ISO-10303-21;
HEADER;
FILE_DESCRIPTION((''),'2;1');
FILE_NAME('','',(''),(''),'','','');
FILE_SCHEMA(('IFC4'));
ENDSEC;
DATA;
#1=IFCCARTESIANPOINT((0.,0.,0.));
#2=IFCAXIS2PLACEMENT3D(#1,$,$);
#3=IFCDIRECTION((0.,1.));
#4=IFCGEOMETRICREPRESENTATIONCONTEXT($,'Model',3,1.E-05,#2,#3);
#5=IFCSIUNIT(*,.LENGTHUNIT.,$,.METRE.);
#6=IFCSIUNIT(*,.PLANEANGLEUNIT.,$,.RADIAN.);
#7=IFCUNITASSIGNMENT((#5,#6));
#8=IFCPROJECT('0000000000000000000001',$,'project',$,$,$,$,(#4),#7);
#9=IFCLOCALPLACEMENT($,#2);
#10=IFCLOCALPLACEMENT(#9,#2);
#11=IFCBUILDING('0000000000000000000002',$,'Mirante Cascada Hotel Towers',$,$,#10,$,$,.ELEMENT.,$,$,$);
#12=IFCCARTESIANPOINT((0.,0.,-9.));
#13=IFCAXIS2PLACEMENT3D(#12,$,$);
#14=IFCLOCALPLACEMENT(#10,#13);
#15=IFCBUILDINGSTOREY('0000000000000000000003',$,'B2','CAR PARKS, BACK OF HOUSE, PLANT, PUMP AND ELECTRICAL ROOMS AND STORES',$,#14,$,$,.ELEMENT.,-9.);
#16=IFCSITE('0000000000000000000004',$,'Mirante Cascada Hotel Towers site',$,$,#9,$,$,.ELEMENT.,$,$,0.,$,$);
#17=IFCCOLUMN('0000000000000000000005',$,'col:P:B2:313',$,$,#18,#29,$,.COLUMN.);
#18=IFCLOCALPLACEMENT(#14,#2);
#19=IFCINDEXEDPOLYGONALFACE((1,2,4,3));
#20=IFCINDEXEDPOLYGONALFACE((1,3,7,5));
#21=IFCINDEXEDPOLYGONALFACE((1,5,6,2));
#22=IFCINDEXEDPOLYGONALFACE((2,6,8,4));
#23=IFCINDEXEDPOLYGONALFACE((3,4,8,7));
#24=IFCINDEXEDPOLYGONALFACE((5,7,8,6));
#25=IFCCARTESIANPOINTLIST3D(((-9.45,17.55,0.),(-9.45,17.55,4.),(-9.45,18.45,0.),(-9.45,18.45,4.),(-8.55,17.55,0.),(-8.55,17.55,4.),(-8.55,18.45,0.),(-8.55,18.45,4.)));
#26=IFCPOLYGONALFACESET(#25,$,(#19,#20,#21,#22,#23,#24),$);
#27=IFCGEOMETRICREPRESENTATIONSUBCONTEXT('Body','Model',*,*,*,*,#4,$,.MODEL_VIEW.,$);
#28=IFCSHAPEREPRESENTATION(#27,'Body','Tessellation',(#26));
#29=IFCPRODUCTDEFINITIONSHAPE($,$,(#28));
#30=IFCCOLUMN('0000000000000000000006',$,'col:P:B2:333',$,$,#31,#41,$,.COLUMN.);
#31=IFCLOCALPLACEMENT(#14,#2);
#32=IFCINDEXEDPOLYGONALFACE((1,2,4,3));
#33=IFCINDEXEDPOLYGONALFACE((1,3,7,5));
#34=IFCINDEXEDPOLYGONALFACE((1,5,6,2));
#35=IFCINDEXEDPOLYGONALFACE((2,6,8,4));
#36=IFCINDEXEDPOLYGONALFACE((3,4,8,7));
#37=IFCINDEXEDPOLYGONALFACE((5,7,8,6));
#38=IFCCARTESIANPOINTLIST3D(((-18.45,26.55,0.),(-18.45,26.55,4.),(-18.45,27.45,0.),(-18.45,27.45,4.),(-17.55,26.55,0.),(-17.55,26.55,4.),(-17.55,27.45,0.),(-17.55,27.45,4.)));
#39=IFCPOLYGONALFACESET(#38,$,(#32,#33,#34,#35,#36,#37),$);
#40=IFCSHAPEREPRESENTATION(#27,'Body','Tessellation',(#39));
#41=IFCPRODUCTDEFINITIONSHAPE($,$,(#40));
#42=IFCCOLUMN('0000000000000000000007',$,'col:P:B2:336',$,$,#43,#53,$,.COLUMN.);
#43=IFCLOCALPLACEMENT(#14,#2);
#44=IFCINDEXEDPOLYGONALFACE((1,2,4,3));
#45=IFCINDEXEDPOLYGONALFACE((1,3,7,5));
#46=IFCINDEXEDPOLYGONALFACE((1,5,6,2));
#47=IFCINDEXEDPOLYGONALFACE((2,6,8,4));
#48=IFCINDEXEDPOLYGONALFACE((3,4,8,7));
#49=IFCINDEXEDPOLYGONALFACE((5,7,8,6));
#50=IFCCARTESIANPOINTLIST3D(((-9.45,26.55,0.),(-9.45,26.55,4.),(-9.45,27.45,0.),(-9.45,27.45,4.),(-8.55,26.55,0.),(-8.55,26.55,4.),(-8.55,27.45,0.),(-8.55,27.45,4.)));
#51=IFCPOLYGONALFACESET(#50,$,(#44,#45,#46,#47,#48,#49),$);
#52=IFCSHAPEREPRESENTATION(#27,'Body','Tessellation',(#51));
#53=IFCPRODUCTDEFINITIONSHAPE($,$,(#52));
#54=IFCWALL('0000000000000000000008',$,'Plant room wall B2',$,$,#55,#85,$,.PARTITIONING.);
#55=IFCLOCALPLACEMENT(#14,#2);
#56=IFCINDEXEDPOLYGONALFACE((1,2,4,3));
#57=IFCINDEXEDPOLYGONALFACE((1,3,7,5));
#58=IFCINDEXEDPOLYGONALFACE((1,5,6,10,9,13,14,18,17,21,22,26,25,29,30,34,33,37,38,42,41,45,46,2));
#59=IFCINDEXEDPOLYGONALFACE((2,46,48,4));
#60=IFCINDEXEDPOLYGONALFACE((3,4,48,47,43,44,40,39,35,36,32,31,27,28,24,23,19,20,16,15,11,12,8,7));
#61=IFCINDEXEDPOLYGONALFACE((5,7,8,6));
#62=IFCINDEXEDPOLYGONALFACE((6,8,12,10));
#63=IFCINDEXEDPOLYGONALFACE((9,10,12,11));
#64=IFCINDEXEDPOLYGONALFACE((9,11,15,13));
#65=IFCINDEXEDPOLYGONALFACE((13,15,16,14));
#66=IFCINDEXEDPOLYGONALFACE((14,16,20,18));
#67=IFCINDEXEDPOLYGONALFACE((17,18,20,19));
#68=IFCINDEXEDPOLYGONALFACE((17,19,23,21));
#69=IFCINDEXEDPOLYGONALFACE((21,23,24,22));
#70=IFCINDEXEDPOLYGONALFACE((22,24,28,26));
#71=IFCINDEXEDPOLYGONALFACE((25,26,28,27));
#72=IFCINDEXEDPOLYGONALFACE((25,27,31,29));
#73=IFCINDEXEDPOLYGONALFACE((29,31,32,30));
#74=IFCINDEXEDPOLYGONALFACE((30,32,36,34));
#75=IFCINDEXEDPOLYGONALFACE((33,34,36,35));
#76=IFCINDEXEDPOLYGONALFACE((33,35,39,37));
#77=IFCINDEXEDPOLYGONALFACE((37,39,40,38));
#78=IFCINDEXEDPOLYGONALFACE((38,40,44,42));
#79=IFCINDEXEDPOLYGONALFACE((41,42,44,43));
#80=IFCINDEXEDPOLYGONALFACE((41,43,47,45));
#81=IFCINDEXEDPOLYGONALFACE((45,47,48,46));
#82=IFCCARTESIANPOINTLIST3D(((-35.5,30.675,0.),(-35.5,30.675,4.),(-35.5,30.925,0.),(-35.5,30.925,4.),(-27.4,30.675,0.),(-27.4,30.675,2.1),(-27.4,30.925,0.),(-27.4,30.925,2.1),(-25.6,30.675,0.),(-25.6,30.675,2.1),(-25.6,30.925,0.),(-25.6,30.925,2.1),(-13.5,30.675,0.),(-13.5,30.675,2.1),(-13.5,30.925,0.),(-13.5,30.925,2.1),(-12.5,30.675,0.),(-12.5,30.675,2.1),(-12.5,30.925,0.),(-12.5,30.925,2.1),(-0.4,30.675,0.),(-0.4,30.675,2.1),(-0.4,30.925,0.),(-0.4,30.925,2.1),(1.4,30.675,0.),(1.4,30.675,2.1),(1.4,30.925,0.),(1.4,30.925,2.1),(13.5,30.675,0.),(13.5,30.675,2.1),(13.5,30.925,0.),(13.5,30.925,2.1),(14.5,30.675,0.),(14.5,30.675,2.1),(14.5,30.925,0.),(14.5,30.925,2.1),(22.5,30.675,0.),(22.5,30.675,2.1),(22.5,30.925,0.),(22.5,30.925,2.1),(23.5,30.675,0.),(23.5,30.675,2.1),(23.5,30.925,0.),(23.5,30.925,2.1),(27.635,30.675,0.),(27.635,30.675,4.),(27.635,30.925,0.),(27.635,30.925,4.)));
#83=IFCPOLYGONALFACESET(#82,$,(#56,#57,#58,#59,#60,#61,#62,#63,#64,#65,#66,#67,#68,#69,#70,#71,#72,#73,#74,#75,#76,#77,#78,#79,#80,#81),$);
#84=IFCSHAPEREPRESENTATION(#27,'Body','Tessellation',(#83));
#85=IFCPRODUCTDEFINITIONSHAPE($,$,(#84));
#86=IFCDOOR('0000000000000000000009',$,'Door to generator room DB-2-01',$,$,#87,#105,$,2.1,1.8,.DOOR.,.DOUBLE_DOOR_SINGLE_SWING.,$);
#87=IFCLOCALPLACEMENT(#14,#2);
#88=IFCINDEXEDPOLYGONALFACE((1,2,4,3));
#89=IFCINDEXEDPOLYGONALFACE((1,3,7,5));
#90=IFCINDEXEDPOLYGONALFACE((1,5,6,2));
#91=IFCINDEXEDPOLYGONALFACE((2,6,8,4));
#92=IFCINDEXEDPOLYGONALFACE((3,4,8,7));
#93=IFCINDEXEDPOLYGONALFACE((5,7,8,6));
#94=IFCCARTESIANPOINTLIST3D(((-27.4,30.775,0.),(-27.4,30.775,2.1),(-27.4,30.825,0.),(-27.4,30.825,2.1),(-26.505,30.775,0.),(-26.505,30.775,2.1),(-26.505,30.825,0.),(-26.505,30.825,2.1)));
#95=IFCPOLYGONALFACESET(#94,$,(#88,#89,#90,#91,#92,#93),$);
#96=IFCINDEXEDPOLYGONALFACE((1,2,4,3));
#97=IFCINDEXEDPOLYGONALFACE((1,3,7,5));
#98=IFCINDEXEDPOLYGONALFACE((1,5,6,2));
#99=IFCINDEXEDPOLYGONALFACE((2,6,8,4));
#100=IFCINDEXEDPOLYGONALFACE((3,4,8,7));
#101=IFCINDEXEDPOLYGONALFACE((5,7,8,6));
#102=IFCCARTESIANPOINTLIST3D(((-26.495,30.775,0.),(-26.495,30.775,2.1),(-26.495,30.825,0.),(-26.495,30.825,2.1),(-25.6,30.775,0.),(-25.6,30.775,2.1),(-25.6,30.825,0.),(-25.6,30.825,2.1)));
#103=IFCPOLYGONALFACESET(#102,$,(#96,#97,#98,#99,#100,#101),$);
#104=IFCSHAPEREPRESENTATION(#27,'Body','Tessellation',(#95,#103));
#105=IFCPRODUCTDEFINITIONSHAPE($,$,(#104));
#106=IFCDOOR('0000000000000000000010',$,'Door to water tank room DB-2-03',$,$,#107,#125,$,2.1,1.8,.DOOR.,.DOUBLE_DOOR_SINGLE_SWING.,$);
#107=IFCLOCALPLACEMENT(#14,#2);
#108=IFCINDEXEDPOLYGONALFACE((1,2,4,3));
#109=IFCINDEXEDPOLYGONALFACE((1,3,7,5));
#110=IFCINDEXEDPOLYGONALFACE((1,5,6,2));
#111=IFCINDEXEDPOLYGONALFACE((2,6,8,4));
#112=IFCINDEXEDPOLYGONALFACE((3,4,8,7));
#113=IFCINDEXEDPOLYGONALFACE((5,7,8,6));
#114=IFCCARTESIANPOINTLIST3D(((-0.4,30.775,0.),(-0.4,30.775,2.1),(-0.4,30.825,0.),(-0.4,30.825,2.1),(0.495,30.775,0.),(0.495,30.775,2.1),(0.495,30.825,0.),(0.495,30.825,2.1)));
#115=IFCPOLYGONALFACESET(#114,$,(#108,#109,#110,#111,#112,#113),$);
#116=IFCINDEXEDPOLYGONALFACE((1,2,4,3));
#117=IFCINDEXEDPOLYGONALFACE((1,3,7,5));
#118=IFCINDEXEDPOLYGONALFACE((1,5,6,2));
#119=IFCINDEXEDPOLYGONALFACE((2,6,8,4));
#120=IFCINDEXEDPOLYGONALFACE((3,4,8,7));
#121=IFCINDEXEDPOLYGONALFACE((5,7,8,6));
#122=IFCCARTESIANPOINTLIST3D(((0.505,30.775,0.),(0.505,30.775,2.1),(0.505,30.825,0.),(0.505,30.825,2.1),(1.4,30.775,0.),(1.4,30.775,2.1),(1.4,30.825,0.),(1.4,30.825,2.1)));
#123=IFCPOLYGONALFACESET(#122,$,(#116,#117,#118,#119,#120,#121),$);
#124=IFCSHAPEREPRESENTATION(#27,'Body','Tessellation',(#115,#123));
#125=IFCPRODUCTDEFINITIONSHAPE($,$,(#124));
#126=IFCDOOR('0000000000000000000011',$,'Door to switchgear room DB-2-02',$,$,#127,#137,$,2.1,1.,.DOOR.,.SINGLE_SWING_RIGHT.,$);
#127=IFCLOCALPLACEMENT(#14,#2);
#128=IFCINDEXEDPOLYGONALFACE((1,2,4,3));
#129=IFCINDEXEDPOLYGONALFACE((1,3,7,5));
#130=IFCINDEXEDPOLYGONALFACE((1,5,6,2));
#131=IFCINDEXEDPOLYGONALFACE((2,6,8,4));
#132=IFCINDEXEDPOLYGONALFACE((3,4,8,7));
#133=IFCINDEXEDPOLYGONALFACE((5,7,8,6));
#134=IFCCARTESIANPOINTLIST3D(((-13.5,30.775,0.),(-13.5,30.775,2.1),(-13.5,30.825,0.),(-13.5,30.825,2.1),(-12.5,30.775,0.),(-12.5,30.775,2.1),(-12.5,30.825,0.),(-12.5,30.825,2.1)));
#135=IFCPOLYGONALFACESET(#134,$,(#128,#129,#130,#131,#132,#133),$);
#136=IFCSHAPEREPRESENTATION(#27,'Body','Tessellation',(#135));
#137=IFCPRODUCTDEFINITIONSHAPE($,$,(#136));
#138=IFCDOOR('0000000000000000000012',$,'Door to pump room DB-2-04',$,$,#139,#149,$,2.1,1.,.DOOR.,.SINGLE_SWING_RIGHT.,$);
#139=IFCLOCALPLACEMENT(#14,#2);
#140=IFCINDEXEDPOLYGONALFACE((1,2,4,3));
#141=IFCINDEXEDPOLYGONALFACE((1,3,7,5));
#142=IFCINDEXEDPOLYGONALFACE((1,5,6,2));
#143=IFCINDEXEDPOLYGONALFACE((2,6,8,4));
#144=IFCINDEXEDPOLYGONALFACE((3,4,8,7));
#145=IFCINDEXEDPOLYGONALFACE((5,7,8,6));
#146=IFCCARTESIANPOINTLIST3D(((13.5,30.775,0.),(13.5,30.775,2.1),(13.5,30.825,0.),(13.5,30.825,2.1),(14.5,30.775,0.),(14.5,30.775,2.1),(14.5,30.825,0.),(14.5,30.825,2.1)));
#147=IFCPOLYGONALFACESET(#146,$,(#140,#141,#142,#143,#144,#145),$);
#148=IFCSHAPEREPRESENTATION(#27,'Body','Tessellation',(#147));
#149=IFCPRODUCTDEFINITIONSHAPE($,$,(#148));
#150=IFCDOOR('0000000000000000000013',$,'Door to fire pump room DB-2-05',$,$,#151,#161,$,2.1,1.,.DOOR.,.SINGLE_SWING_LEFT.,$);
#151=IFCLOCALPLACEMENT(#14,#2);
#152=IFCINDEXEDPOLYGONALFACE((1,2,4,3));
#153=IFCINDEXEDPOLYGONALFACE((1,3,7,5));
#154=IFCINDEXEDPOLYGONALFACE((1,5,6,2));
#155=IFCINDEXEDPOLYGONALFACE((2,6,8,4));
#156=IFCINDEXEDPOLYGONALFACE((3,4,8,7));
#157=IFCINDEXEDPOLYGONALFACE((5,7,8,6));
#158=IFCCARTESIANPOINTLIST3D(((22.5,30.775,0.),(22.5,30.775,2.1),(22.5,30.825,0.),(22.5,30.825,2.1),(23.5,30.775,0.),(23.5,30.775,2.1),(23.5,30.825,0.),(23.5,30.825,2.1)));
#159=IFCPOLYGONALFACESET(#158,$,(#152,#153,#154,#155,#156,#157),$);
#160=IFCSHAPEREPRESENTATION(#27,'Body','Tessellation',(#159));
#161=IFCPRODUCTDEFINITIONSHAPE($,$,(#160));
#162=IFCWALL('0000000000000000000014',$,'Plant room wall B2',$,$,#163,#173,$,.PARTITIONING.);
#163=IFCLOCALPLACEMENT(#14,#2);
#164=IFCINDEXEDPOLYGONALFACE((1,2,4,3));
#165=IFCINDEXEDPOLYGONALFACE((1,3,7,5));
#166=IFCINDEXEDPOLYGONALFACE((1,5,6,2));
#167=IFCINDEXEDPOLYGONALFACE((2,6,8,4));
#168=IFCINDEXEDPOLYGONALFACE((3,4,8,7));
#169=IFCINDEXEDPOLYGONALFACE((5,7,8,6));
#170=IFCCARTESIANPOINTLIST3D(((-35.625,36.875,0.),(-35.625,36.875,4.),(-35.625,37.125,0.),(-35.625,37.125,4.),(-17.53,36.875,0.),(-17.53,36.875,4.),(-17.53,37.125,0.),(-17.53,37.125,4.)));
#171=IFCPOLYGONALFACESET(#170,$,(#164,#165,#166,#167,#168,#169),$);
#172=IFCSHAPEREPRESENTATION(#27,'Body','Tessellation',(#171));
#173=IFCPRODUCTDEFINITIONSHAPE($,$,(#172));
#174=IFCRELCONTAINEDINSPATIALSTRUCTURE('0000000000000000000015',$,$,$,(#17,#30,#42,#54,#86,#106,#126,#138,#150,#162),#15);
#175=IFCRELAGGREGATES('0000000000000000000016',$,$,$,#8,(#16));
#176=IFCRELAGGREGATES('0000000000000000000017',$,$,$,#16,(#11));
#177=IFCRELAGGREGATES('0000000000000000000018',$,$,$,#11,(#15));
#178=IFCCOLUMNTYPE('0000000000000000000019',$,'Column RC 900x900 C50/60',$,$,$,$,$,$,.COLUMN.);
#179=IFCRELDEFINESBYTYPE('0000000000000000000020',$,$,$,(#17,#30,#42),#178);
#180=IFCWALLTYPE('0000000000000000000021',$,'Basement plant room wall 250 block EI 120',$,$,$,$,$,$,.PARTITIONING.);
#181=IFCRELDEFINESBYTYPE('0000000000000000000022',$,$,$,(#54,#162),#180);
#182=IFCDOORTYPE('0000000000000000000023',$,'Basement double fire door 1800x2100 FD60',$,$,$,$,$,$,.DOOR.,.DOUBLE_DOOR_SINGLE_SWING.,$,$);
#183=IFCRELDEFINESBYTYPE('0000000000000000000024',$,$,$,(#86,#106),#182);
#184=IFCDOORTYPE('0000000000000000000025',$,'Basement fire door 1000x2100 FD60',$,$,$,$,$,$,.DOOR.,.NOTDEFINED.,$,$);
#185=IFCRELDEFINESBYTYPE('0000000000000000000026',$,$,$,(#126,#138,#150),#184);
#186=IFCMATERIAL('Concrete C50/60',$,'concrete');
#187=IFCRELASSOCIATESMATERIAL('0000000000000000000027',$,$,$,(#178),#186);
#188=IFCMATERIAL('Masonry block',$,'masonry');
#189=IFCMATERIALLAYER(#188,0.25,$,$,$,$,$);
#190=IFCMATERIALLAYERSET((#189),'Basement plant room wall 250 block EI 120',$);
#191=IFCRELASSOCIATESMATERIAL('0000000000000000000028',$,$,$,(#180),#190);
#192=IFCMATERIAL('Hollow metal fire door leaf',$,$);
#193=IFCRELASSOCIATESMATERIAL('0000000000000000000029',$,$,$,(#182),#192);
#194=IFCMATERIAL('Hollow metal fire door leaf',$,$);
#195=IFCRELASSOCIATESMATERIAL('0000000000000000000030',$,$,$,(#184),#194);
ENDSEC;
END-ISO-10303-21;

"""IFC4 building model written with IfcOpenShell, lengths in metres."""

from ifc_helpers import new_model, si_unit, direction, frame, frame_2d, origin, origin_2d, place, context, subcontext, project, spatial, rectangle, extrude, material, layer, layer_set, material_profile, profile_set, type_object, element, fill, save


model = new_model("IFC4")

# Units and contexts
model_context = context("Model", 3, precision=1e-05, world=origin(), true_north=direction((0.0, 1.0)))
body_context = subcontext(model_context, "Body", "Model", "MODEL_VIEW")
ifc_project = project(units=[si_unit("LENGTHUNIT", "METRE"), si_unit("PLANEANGLEUNIT", "RADIAN")], contexts=[model_context])

# Site, building, storey
site_placement = place(None, origin())
site = spatial("IfcSite", under=ifc_project, at=site_placement, Name="Mirante Cascada Hotel Towers site", CompositionType="ELEMENT", RefElevation=0.0)
building_placement = place(site_placement, origin())
building = spatial("IfcBuilding", under=site, at=building_placement, Name="Mirante Cascada Hotel Towers", CompositionType="ELEMENT")
storey_placement = place(building_placement, frame((0.0, 0.0, -9.0)))
storey = spatial("IfcBuildingStorey", under=building, at=storey_placement, Name="B2", Description="CAR PARKS, BACK OF HOUSE, PLANT, PUMP AND ELECTRICAL ROOMS AND STORES", CompositionType="ELEMENT", Elevation=-9.0)

# Columns
ifc_material_1 = material(Name="Concrete C50/60", Category="concrete")
ifc_material_profile_1 = material_profile(ifc_material_1, rectangle(XDim=0.9, YDim=0.9, at=origin_2d()), Name="RC 900x900")
ifc_profile_set_1 = profile_set([ifc_material_profile_1], Name="Concrete C50/60")
column_type_1 = type_object("IfcColumnType", Name="Column RC 900x900 C50/60", PredefinedType="COLUMN", material=ifc_profile_set_1)
for number, where, z_axis, x_axis, name in (
    (1, (-9.0, 18.0, 0.0), (0.0, 0.0, 1.0), (1.0, 0.0, 0.0), "col:P:B2:313"),
    (2, (-18.0, 27.0, 0.0), (0.0, 0.0, 1.0), (1.0, 0.0, 0.0), "col:P:B2:333"),
    (3, (-9.0, 27.0, 0.0), (0.0, 0.0, 1.0), (1.0, 0.0, 0.0), "col:P:B2:336"),
):
    element("IfcColumn", number, at=place(storey_placement, frame(where, z_axis=z_axis, x_axis=x_axis)), inside=storey, type_object=column_type_1, Name=name, PredefinedType="COLUMN", context=body_context, shape_type="SweptSolid", body=[
        extrude(rectangle(XDim=0.9, YDim=0.9, at=origin_2d()), origin(), (0.0, 0.0, 1.0), 4.0),
    ])

# Wall, openings, doors
ifc_material_2 = material(Name="Masonry block", Category="masonry")
ifc_layer_1 = layer(ifc_material_2, 0.25)
ifc_layer_set_1 = layer_set([ifc_layer_1], Name="Basement plant room wall 250 block EI 120")
wall_type_1 = type_object("IfcWallType", Name="Basement plant room wall 250 block EI 120", PredefinedType="PARTITIONING", material=ifc_layer_set_1)
wall_1_placement = place(storey_placement, frame((-35.5, 30.8, 0.0), z_axis=(0.0, 0.0, 1.0), x_axis=(1.0, 0.0, 0.0)))
wall_1 = element("IfcWall", 4, at=wall_1_placement, inside=storey, type_object=wall_type_1, Name="Plant room wall B2", PredefinedType="PARTITIONING", context=body_context, shape_type="SweptSolid", body=[
    extrude(rectangle(XDim=63.135, YDim=0.25, at=frame_2d((31.5675, 0.0))), origin(), (0.0, 0.0, 1.0), 4.0),
])
opening_1_placement = place(wall_1_placement, frame((8.1, 0.0, 0.0)))
opening_1 = element("IfcOpeningElement", 5, at=opening_1_placement, cuts=wall_1, PredefinedType="OPENING", context=body_context, shape_type="SweptSolid", body=[
    extrude(rectangle(XDim=1.8, YDim=2.1, at=frame_2d((0.9, 1.05))), frame((0.0, 0.125, 0.0), z_axis=(0.0, -1.0, 0.0), x_axis=(1.0, 0.0, 0.0)), (0.0, 0.0, 1.0), 0.25),
])
opening_2_placement = place(wall_1_placement, frame((22.0, 0.0, 0.0)))
opening_2 = element("IfcOpeningElement", 6, at=opening_2_placement, cuts=wall_1, PredefinedType="OPENING", context=body_context, shape_type="SweptSolid", body=[
    extrude(rectangle(XDim=1.0, YDim=2.1, at=frame_2d((0.5, 1.05))), frame((0.0, 0.125, 0.0), z_axis=(0.0, -1.0, 0.0), x_axis=(1.0, 0.0, 0.0)), (0.0, 0.0, 1.0), 0.25),
])
opening_3_placement = place(wall_1_placement, frame((35.1, 0.0, 0.0)))
opening_3 = element("IfcOpeningElement", 7, at=opening_3_placement, cuts=wall_1, PredefinedType="OPENING", context=body_context, shape_type="SweptSolid", body=[
    extrude(rectangle(XDim=1.8, YDim=2.1, at=frame_2d((0.9, 1.05))), frame((0.0, 0.125, 0.0), z_axis=(0.0, -1.0, 0.0), x_axis=(1.0, 0.0, 0.0)), (0.0, 0.0, 1.0), 0.25),
])
opening_4_placement = place(wall_1_placement, frame((49.0, 0.0, 0.0)))
opening_4 = element("IfcOpeningElement", 8, at=opening_4_placement, cuts=wall_1, PredefinedType="OPENING", context=body_context, shape_type="SweptSolid", body=[
    extrude(rectangle(XDim=1.0, YDim=2.1, at=frame_2d((0.5, 1.05))), frame((0.0, 0.125, 0.0), z_axis=(0.0, -1.0, 0.0), x_axis=(1.0, 0.0, 0.0)), (0.0, 0.0, 1.0), 0.25),
])
opening_5_placement = place(wall_1_placement, frame((58.0, 0.0, 0.0)))
opening_5 = element("IfcOpeningElement", 9, at=opening_5_placement, cuts=wall_1, PredefinedType="OPENING", context=body_context, shape_type="SweptSolid", body=[
    extrude(rectangle(XDim=1.0, YDim=2.1, at=frame_2d((0.5, 1.05))), frame((0.0, 0.125, 0.0), z_axis=(0.0, -1.0, 0.0), x_axis=(1.0, 0.0, 0.0)), (0.0, 0.0, 1.0), 0.25),
])
ifc_material_3 = material(Name="Hollow metal fire door leaf")
door_type_1 = type_object("IfcDoorType", Name="Basement double fire door 1800x2100 FD60", OperationType="DOUBLE_DOOR_SINGLE_SWING", PredefinedType="DOOR", material=ifc_material_3)
door_1_placement = place(opening_1_placement, origin())
door_1 = element("IfcDoor", 10, at=door_1_placement, inside=storey, type_object=door_type_1, Name="Door to generator room DB-2-01", OperationType="DOUBLE_DOOR_SINGLE_SWING", OverallHeight=2.1, OverallWidth=1.8, PredefinedType="DOOR", context=body_context, shape_type="SweptSolid", body=[
    extrude(rectangle(XDim=0.895, YDim=2.1, at=frame_2d((0.4475, 1.05))), frame((0.0, 0.025, 0.0), z_axis=(0.0, -1.0, 0.0), x_axis=(1.0, 0.0, 0.0)), (0.0, 0.0, 1.0), 0.05),
    extrude(rectangle(XDim=0.895, YDim=2.1, at=frame_2d((1.3525, 1.05))), frame((0.0, 0.025, 0.0), z_axis=(0.0, -1.0, 0.0), x_axis=(1.0, 0.0, 0.0)), (0.0, 0.0, 1.0), 0.05),
])
fill(opening_1, door_1)
door_2_placement = place(opening_3_placement, origin())
door_2 = element("IfcDoor", 11, at=door_2_placement, inside=storey, type_object=door_type_1, Name="Door to water tank room DB-2-03", OperationType="DOUBLE_DOOR_SINGLE_SWING", OverallHeight=2.1, OverallWidth=1.8, PredefinedType="DOOR", context=body_context, shape_type="SweptSolid", body=[
    extrude(rectangle(XDim=0.895, YDim=2.1, at=frame_2d((0.4475, 1.05))), frame((0.0, 0.025, 0.0), z_axis=(0.0, -1.0, 0.0), x_axis=(1.0, 0.0, 0.0)), (0.0, 0.0, 1.0), 0.05),
    extrude(rectangle(XDim=0.895, YDim=2.1, at=frame_2d((1.3525, 1.05))), frame((0.0, 0.025, 0.0), z_axis=(0.0, -1.0, 0.0), x_axis=(1.0, 0.0, 0.0)), (0.0, 0.0, 1.0), 0.05),
])
fill(opening_3, door_2)
ifc_material_4 = material(Name="Hollow metal fire door leaf")
door_type_2 = type_object("IfcDoorType", Name="Basement fire door 1000x2100 FD60", OperationType="NOTDEFINED", PredefinedType="DOOR", material=ifc_material_4)
door_3_placement = place(opening_2_placement, origin())
door_3 = element("IfcDoor", 12, at=door_3_placement, inside=storey, type_object=door_type_2, Name="Door to switchgear room DB-2-02", OperationType="SINGLE_SWING_RIGHT", OverallHeight=2.1, OverallWidth=1.0, PredefinedType="DOOR", context=body_context, shape_type="SweptSolid", body=[
    extrude(rectangle(XDim=1.0, YDim=2.1, at=frame_2d((0.5, 1.05))), frame((0.0, 0.025, 0.0), z_axis=(0.0, -1.0, 0.0), x_axis=(1.0, 0.0, 0.0)), (0.0, 0.0, 1.0), 0.05),
])
fill(opening_2, door_3)
door_4_placement = place(opening_4_placement, origin())
door_4 = element("IfcDoor", 13, at=door_4_placement, inside=storey, type_object=door_type_2, Name="Door to pump room DB-2-04", OperationType="SINGLE_SWING_RIGHT", OverallHeight=2.1, OverallWidth=1.0, PredefinedType="DOOR", context=body_context, shape_type="SweptSolid", body=[
    extrude(rectangle(XDim=1.0, YDim=2.1, at=frame_2d((0.5, 1.05))), frame((0.0, 0.025, 0.0), z_axis=(0.0, -1.0, 0.0), x_axis=(1.0, 0.0, 0.0)), (0.0, 0.0, 1.0), 0.05),
])
fill(opening_4, door_4)
door_5_placement = place(opening_5_placement, origin())
door_5 = element("IfcDoor", 14, at=door_5_placement, inside=storey, type_object=door_type_2, Name="Door to fire pump room DB-2-05", OperationType="SINGLE_SWING_LEFT", OverallHeight=2.1, OverallWidth=1.0, PredefinedType="DOOR", context=body_context, shape_type="SweptSolid", body=[
    extrude(rectangle(XDim=1.0, YDim=2.1, at=frame_2d((0.5, 1.05))), frame((0.0, 0.025, 0.0), z_axis=(0.0, -1.0, 0.0), x_axis=(1.0, 0.0, 0.0)), (0.0, 0.0, 1.0), 0.05),
])
fill(opening_5, door_5)

# Wall
wall_2_placement = place(storey_placement, frame((-35.625, 37.0, 0.0), z_axis=(0.0, 0.0, 1.0), x_axis=(1.0, 0.0, 0.0)))
element("IfcWall", 15, at=wall_2_placement, inside=storey, type_object=wall_type_1, Name="Plant room wall B2", PredefinedType="PARTITIONING", context=body_context, shape_type="SweptSolid", body=[
    extrude(rectangle(XDim=18.095, YDim=0.25, at=frame_2d((9.0475, 0.0))), origin(), (0.0, 0.0, 1.0), 4.0),
])

save(model, "model.ifc")
